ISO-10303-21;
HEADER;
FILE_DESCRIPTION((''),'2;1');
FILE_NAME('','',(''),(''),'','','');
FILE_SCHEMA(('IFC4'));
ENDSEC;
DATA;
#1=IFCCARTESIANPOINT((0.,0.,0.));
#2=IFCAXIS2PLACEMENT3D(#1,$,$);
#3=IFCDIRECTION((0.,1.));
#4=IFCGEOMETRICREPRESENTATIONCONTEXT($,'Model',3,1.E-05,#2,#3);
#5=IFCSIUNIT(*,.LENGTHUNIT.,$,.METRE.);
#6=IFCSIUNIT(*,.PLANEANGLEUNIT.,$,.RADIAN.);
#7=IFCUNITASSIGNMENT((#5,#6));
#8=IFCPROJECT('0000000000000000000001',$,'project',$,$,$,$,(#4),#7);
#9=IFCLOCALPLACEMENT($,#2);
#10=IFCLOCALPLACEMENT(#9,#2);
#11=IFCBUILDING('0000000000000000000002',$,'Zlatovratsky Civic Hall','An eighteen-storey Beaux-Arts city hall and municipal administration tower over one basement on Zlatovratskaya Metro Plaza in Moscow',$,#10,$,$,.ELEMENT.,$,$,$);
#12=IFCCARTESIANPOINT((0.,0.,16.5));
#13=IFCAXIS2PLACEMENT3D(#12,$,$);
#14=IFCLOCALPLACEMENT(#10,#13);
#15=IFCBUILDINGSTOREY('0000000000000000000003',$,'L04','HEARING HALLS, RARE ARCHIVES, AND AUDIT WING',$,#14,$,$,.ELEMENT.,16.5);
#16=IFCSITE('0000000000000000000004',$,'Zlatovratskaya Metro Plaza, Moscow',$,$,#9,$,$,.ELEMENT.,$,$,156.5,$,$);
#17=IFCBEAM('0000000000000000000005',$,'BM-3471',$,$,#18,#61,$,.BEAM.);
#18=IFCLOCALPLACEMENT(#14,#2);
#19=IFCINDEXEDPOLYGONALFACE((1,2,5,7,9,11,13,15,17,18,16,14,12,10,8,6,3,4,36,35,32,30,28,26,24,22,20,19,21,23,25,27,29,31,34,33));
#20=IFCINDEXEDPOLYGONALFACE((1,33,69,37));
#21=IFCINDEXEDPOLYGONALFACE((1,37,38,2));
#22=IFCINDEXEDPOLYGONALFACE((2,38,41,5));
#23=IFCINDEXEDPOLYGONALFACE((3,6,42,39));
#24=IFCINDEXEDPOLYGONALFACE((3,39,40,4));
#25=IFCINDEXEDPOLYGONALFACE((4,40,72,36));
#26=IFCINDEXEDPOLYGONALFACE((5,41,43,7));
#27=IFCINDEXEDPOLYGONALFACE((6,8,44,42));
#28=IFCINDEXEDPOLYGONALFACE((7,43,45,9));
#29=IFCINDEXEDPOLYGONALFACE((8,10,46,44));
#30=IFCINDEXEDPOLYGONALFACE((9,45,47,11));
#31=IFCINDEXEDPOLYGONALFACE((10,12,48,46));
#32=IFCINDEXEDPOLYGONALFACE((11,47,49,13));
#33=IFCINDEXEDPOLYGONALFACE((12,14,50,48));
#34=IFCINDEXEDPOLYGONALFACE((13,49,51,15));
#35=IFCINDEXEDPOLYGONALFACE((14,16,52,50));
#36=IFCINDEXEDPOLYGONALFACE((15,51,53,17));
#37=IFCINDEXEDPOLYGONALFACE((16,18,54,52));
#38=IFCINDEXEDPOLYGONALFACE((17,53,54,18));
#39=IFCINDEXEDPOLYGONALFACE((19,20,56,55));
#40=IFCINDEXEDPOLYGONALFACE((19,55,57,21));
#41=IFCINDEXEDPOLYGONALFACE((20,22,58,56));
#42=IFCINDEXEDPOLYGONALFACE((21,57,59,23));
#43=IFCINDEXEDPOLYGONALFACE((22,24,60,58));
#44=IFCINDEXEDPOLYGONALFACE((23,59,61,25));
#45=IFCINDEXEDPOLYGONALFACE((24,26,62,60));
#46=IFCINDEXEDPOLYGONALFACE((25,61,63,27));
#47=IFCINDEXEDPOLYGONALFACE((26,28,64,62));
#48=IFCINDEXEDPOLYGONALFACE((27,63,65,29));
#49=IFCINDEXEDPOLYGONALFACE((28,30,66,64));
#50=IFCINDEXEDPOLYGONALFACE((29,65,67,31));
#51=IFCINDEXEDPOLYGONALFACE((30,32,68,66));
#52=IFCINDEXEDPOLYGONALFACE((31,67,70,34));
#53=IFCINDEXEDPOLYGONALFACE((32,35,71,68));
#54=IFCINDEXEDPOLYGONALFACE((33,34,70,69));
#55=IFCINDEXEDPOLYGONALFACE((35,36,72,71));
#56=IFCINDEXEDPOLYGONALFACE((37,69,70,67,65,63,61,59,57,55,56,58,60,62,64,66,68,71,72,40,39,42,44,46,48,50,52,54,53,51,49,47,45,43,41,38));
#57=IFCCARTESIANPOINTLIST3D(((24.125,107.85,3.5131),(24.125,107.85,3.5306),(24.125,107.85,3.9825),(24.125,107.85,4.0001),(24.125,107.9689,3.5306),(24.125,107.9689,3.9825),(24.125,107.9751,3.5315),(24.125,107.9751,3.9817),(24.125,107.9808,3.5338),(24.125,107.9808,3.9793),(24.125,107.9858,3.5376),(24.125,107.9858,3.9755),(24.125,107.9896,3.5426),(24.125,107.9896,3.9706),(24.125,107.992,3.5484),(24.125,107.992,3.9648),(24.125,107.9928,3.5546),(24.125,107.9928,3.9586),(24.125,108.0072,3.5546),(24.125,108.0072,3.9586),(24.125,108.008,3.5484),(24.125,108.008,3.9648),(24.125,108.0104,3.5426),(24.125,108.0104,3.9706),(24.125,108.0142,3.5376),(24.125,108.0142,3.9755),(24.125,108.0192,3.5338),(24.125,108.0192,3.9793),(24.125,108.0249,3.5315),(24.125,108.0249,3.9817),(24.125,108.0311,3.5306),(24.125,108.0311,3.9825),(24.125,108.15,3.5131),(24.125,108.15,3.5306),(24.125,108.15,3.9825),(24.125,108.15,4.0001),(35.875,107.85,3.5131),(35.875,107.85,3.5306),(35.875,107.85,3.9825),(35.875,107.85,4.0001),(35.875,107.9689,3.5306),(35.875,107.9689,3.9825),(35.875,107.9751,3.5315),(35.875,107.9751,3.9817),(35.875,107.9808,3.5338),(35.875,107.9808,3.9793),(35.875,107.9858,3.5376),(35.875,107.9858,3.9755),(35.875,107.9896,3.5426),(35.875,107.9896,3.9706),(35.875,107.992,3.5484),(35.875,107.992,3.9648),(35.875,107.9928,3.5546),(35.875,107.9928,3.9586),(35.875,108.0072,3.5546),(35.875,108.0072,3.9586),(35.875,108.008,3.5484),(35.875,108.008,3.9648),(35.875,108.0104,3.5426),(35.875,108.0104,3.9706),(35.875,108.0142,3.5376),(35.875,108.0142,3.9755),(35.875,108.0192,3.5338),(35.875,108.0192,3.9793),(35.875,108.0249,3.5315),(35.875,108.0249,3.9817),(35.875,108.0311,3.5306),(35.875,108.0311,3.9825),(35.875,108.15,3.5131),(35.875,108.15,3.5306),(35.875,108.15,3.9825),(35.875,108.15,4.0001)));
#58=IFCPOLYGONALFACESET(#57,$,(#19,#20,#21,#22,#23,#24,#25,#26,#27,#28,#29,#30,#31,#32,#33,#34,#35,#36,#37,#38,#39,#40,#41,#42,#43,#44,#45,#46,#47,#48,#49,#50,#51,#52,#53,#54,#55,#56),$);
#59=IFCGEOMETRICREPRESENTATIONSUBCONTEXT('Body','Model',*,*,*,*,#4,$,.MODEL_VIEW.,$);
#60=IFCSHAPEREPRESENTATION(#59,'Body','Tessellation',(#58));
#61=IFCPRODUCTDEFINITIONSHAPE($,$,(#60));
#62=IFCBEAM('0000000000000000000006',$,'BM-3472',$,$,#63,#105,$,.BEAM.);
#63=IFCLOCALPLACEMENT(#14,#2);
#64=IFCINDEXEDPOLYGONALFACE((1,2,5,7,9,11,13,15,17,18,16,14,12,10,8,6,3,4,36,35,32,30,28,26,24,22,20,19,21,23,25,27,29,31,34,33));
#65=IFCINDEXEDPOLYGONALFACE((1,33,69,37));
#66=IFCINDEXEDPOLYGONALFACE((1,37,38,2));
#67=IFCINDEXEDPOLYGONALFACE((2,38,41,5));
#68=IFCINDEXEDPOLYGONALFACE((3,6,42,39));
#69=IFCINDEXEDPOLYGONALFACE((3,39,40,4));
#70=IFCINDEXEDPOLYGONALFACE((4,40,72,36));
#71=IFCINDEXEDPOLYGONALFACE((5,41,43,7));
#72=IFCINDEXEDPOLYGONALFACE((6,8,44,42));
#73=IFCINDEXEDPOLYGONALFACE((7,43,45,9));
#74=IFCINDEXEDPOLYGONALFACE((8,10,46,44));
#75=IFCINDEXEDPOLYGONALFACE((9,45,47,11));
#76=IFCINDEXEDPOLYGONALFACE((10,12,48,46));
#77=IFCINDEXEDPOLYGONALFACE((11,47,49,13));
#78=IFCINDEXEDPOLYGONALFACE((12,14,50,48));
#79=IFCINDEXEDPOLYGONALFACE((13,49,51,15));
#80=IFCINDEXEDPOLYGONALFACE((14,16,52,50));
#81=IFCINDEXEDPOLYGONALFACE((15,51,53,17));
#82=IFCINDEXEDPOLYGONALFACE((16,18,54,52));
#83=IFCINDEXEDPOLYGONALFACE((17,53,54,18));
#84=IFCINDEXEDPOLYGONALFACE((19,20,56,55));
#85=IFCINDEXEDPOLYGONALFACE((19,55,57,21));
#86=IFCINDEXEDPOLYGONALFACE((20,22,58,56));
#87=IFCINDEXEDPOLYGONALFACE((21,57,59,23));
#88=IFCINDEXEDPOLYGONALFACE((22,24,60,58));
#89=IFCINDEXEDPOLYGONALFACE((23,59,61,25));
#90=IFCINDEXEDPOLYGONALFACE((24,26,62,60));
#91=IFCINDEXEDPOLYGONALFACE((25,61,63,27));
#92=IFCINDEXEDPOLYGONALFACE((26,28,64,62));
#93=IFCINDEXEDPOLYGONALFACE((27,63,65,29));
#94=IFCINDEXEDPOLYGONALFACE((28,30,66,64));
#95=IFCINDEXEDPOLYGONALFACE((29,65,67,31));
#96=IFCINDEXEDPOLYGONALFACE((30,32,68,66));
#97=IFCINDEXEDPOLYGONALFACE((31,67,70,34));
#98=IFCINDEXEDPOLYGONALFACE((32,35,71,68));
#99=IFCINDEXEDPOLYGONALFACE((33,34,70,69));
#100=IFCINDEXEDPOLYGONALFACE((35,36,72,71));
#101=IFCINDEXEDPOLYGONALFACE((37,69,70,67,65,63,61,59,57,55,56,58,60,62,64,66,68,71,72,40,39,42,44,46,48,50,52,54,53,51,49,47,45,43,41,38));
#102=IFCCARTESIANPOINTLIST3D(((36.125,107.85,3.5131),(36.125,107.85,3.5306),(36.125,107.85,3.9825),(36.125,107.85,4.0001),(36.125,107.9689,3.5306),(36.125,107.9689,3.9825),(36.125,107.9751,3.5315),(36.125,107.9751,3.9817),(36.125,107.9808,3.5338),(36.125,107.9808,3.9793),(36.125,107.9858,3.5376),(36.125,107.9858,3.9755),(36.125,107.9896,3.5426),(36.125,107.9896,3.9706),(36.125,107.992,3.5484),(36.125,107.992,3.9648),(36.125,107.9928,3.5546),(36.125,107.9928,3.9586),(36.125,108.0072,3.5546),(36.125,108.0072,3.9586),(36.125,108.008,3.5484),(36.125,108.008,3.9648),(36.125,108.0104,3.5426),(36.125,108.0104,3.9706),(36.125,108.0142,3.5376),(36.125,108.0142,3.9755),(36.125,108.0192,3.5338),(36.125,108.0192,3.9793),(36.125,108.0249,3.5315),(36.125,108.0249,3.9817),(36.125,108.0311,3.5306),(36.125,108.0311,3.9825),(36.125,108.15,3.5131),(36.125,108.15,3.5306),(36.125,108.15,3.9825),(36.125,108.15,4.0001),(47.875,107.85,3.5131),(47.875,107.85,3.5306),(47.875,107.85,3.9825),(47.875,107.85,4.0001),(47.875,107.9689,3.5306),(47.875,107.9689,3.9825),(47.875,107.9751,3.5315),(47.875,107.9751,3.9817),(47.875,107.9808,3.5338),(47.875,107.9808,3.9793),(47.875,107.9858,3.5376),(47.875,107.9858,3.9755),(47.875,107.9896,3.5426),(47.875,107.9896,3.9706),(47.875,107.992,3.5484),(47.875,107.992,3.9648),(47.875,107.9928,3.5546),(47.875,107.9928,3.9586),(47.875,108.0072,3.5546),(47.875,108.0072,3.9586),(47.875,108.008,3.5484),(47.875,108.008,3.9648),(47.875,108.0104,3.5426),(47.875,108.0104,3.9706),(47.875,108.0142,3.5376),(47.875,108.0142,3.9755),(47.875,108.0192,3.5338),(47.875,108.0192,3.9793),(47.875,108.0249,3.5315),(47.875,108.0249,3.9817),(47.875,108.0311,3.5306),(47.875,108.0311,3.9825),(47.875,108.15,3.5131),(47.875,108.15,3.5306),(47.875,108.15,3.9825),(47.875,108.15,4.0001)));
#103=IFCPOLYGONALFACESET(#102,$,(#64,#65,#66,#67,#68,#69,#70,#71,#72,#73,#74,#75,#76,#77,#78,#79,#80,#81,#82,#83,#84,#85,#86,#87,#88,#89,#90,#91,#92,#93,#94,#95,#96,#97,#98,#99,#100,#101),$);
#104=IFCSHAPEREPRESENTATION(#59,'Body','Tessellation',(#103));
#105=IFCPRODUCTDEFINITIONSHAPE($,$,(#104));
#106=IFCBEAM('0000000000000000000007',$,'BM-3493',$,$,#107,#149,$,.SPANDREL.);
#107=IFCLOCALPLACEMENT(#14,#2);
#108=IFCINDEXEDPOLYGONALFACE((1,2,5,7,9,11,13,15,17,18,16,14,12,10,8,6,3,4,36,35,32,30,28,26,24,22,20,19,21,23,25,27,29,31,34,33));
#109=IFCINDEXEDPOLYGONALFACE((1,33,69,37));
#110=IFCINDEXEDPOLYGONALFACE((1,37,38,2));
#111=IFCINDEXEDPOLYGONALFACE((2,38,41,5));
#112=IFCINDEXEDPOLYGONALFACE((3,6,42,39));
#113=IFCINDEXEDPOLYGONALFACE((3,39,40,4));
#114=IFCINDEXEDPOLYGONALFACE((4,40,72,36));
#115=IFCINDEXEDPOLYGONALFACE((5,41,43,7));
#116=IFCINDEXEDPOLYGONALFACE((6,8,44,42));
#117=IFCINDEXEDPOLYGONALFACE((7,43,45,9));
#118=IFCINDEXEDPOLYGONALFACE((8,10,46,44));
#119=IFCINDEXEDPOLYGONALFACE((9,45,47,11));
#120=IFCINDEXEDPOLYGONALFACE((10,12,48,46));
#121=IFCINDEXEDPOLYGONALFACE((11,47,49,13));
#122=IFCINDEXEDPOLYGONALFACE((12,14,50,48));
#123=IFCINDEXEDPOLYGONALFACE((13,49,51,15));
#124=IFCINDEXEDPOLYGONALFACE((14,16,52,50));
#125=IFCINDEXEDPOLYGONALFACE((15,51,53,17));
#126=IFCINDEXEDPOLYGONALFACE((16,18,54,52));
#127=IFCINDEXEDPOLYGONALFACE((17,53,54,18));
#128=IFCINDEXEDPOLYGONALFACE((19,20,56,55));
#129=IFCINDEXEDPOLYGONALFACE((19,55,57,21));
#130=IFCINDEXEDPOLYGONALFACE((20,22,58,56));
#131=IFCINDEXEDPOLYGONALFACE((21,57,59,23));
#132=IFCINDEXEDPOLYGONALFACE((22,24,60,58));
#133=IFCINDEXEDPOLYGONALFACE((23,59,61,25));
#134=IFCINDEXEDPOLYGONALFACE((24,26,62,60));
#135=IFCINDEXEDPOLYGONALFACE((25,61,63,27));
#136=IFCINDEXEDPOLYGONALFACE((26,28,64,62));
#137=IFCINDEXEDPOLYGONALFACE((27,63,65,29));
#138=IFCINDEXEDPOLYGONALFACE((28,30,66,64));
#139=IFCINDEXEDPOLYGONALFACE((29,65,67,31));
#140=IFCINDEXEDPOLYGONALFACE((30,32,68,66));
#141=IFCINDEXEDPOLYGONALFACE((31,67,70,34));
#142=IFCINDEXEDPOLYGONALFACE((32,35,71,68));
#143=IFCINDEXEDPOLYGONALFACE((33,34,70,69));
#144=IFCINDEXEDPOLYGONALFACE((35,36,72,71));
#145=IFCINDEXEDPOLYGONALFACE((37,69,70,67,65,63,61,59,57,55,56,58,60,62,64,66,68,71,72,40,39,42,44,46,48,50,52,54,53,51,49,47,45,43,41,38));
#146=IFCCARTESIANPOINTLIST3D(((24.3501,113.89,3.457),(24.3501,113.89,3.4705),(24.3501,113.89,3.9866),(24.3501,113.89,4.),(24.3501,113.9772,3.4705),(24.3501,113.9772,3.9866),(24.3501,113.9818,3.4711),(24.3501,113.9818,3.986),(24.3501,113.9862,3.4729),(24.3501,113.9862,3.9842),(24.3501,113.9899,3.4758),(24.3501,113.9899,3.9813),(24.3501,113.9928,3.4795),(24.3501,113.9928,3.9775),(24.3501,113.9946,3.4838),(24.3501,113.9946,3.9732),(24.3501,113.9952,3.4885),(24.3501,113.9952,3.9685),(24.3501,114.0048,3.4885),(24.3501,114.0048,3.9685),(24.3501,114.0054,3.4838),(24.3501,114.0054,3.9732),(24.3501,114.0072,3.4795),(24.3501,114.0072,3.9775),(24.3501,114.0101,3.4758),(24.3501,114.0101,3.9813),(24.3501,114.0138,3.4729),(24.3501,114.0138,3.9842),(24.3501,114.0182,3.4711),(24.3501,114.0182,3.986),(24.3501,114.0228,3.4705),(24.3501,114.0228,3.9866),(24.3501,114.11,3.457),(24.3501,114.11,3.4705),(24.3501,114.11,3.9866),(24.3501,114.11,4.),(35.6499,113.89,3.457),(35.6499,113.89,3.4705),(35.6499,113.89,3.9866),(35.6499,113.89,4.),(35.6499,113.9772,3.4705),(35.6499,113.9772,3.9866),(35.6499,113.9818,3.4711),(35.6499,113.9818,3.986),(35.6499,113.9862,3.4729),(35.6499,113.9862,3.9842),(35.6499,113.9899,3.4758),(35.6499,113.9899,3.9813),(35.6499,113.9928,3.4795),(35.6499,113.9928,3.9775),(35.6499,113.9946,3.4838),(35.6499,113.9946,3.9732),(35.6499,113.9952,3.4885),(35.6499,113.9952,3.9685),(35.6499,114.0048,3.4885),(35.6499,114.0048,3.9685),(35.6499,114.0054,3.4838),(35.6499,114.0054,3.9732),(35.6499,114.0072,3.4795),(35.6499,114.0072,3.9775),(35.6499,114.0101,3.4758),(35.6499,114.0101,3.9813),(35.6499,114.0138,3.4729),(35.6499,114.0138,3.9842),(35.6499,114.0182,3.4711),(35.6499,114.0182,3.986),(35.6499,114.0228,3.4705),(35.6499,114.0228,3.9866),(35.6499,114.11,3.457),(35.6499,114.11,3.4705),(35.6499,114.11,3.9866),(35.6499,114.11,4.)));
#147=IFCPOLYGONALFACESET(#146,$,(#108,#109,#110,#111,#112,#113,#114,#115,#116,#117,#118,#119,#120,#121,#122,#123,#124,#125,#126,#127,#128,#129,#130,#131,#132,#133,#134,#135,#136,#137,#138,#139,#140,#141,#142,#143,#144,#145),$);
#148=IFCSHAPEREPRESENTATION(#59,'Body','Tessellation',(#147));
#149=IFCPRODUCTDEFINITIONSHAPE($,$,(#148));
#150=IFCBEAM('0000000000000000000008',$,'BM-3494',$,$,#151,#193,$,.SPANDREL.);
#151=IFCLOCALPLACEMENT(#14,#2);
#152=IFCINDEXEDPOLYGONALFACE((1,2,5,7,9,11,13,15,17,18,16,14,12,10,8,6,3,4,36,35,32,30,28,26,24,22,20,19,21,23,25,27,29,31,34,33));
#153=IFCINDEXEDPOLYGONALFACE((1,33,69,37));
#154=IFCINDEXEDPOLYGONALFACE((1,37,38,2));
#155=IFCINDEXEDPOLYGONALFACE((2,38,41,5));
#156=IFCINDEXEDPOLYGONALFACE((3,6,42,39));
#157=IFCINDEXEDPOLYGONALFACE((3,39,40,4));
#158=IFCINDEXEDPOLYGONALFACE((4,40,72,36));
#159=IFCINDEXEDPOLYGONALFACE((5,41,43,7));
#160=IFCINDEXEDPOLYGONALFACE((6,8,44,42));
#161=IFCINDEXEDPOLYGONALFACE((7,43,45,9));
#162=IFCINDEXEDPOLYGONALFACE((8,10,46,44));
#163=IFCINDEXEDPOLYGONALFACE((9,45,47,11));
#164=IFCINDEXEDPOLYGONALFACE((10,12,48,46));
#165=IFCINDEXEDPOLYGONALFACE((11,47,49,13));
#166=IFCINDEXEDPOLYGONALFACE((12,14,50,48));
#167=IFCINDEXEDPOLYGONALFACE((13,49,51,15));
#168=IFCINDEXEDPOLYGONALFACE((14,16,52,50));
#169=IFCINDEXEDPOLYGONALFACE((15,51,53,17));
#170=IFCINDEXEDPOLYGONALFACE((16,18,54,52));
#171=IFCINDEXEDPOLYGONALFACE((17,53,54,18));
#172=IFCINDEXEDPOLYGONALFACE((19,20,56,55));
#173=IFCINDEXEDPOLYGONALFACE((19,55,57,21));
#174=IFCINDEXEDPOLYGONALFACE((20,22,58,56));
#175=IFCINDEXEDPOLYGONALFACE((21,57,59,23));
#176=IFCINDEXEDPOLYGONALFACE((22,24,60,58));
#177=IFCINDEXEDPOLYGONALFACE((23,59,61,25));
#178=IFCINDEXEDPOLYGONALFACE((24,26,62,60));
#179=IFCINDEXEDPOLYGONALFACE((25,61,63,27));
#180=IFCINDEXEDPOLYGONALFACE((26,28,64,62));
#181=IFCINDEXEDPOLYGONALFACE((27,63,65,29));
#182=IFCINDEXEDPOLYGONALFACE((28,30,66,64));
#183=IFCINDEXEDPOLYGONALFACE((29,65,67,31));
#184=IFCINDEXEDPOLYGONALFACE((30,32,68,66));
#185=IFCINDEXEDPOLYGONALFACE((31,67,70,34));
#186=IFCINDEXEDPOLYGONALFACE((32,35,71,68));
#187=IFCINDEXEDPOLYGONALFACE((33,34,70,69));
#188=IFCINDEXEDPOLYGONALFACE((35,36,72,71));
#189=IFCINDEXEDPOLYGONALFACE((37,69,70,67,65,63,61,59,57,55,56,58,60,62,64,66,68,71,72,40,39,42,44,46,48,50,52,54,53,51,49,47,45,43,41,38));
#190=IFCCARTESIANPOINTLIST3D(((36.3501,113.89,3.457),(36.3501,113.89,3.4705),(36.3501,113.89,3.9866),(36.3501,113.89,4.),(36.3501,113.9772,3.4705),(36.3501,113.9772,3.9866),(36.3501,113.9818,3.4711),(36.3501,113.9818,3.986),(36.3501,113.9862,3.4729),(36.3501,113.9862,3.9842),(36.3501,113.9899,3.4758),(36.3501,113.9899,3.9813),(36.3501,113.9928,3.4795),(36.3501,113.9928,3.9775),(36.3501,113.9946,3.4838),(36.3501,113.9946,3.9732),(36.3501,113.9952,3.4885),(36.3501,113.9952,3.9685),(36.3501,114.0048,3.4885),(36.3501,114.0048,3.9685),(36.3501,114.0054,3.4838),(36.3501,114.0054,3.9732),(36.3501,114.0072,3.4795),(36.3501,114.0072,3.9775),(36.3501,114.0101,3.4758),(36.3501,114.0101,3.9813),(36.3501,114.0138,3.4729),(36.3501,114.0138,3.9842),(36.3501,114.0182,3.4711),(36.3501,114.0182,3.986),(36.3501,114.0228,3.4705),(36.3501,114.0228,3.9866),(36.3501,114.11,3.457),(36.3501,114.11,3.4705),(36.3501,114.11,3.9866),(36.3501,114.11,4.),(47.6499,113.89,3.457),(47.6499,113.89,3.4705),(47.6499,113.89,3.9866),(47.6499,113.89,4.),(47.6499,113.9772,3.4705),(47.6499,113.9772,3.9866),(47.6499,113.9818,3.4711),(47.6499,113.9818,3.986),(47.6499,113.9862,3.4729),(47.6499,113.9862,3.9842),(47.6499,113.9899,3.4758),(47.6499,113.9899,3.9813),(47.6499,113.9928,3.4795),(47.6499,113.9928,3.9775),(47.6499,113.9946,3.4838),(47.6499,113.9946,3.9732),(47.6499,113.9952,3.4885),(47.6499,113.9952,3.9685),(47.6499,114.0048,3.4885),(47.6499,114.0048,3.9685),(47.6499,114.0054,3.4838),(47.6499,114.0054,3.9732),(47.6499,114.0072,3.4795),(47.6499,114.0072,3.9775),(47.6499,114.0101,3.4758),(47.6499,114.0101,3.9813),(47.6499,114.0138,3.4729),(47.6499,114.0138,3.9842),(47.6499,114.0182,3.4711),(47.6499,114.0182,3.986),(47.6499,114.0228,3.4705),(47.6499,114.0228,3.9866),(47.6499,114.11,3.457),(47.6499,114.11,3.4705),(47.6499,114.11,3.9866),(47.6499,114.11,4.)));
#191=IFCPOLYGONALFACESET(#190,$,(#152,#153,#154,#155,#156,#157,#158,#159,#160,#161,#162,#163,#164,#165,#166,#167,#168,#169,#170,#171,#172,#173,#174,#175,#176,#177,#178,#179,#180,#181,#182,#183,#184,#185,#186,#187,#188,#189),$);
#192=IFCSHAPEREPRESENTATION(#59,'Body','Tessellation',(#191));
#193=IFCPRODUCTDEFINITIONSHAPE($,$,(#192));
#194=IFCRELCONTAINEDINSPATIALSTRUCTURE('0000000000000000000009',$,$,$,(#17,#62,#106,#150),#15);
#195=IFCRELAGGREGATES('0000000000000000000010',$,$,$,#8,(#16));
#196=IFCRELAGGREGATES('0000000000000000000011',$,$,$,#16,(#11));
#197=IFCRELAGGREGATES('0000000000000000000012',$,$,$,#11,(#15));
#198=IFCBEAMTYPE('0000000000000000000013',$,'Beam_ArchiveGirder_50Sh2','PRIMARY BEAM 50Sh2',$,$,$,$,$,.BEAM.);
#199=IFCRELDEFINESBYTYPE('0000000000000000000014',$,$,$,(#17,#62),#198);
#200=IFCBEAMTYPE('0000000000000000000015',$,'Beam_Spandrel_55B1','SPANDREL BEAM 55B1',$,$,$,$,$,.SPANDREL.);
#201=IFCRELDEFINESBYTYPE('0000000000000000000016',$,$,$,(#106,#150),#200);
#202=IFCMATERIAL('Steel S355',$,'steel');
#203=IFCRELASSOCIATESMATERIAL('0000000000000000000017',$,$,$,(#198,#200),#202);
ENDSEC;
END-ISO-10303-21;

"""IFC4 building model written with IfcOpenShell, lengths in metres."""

from ifc_helpers import new_model, si_unit, direction, frame, origin, origin_2d, place, context, subcontext, project, spatial, i_section, extrude, material, material_profile, profile_set, type_object, element, save


model = new_model("IFC4")

# Units and contexts
model_context = context("Model", 3, precision=1e-05, world=origin(), true_north=direction((0.0, 1.0)))
body_context = subcontext(model_context, "Body", "Model", "MODEL_VIEW")
ifc_project = project(units=[si_unit("LENGTHUNIT", "METRE"), si_unit("PLANEANGLEUNIT", "RADIAN")], contexts=[model_context])

# Site, building, storey
site_placement = place(None, origin())
site = spatial("IfcSite", under=ifc_project, at=site_placement, Name="Zlatovratskaya Metro Plaza, Moscow", CompositionType="ELEMENT", RefElevation=156.5)
building_placement = place(site_placement, origin())
building = spatial("IfcBuilding", under=site, at=building_placement, Name="Zlatovratsky Civic Hall", Description="An eighteen-storey Beaux-Arts city hall and municipal administration tower over one basement on Zlatovratskaya Metro Plaza in Moscow", CompositionType="ELEMENT")
storey_placement = place(building_placement, frame((0.0, 0.0, 16.5)))
storey = spatial("IfcBuildingStorey", under=building, at=storey_placement, Name="L04", Description="HEARING HALLS, RARE ARCHIVES, AND AUDIT WING", CompositionType="ELEMENT", Elevation=16.5)

# Shared definitions
ifc_material_1 = material(Name="Steel S355", Category="steel")

# Beams
ifc_material_profile_1 = material_profile(ifc_material_1, i_section(OverallWidth=0.3, OverallDepth=0.4871, WebThickness=0.0144, FlangeThickness=0.0176, FilletRadius=0.0239, at=origin_2d()), Name="50Sh2")
ifc_profile_set_1 = profile_set([ifc_material_profile_1], Name="Steel S355")
beam_type_1 = type_object("IfcBeamType", Name="Beam_ArchiveGirder_50Sh2", Description="PRIMARY BEAM 50Sh2", PredefinedType="BEAM", material=ifc_profile_set_1)
for number, where, z_axis, x_axis, name in (
    (1, (24.125, 108.0, 3.7566), (1.0, 0.0, 0.0), (0.0, 1.0, 0.0), "BM-3471"),
    (2, (36.125, 108.0, 3.7566), (1.0, 0.0, 0.0), (0.0, 1.0, 0.0), "BM-3472"),
):
    element("IfcBeam", number, at=place(storey_placement, frame(where, z_axis=z_axis, x_axis=x_axis)), inside=storey, type_object=beam_type_1, Name=name, PredefinedType="BEAM", context=body_context, shape_type="SweptSolid", body=[
        extrude(i_section(OverallWidth=0.3, OverallDepth=0.4871, WebThickness=0.0144, FlangeThickness=0.0176, FilletRadius=0.0239, at=origin_2d()), origin(), (0.0, 0.0, 1.0), 11.75),
    ])
ifc_material_profile_2 = material_profile(ifc_material_1, i_section(OverallWidth=0.22, OverallDepth=0.543, WebThickness=0.0095, FlangeThickness=0.0134, FilletRadius=0.0181, at=origin_2d()), Name="55B1")
ifc_profile_set_2 = profile_set([ifc_material_profile_2], Name="Steel S355")
beam_type_2 = type_object("IfcBeamType", Name="Beam_Spandrel_55B1", Description="SPANDREL BEAM 55B1", PredefinedType="SPANDREL", material=ifc_profile_set_2)
for number, where, z_axis, x_axis, name in (
    (3, (24.3501, 114.0, 3.7285), (1.0, 0.0, 0.0), (0.0, 1.0, 0.0), "BM-3493"),
    (4, (36.3501, 114.0, 3.7285), (1.0, 0.0, 0.0), (0.0, 1.0, 0.0), "BM-3494"),
):
    element("IfcBeam", number, at=place(storey_placement, frame(where, z_axis=z_axis, x_axis=x_axis)), inside=storey, type_object=beam_type_2, Name=name, PredefinedType="SPANDREL", context=body_context, shape_type="SweptSolid", body=[
        extrude(i_section(OverallWidth=0.22, OverallDepth=0.543, WebThickness=0.0095, FlangeThickness=0.0134, FilletRadius=0.0181, at=origin_2d()), origin(), (0.0, 0.0, 1.0), 11.2998),
    ])

save(model, "model.ifc")
